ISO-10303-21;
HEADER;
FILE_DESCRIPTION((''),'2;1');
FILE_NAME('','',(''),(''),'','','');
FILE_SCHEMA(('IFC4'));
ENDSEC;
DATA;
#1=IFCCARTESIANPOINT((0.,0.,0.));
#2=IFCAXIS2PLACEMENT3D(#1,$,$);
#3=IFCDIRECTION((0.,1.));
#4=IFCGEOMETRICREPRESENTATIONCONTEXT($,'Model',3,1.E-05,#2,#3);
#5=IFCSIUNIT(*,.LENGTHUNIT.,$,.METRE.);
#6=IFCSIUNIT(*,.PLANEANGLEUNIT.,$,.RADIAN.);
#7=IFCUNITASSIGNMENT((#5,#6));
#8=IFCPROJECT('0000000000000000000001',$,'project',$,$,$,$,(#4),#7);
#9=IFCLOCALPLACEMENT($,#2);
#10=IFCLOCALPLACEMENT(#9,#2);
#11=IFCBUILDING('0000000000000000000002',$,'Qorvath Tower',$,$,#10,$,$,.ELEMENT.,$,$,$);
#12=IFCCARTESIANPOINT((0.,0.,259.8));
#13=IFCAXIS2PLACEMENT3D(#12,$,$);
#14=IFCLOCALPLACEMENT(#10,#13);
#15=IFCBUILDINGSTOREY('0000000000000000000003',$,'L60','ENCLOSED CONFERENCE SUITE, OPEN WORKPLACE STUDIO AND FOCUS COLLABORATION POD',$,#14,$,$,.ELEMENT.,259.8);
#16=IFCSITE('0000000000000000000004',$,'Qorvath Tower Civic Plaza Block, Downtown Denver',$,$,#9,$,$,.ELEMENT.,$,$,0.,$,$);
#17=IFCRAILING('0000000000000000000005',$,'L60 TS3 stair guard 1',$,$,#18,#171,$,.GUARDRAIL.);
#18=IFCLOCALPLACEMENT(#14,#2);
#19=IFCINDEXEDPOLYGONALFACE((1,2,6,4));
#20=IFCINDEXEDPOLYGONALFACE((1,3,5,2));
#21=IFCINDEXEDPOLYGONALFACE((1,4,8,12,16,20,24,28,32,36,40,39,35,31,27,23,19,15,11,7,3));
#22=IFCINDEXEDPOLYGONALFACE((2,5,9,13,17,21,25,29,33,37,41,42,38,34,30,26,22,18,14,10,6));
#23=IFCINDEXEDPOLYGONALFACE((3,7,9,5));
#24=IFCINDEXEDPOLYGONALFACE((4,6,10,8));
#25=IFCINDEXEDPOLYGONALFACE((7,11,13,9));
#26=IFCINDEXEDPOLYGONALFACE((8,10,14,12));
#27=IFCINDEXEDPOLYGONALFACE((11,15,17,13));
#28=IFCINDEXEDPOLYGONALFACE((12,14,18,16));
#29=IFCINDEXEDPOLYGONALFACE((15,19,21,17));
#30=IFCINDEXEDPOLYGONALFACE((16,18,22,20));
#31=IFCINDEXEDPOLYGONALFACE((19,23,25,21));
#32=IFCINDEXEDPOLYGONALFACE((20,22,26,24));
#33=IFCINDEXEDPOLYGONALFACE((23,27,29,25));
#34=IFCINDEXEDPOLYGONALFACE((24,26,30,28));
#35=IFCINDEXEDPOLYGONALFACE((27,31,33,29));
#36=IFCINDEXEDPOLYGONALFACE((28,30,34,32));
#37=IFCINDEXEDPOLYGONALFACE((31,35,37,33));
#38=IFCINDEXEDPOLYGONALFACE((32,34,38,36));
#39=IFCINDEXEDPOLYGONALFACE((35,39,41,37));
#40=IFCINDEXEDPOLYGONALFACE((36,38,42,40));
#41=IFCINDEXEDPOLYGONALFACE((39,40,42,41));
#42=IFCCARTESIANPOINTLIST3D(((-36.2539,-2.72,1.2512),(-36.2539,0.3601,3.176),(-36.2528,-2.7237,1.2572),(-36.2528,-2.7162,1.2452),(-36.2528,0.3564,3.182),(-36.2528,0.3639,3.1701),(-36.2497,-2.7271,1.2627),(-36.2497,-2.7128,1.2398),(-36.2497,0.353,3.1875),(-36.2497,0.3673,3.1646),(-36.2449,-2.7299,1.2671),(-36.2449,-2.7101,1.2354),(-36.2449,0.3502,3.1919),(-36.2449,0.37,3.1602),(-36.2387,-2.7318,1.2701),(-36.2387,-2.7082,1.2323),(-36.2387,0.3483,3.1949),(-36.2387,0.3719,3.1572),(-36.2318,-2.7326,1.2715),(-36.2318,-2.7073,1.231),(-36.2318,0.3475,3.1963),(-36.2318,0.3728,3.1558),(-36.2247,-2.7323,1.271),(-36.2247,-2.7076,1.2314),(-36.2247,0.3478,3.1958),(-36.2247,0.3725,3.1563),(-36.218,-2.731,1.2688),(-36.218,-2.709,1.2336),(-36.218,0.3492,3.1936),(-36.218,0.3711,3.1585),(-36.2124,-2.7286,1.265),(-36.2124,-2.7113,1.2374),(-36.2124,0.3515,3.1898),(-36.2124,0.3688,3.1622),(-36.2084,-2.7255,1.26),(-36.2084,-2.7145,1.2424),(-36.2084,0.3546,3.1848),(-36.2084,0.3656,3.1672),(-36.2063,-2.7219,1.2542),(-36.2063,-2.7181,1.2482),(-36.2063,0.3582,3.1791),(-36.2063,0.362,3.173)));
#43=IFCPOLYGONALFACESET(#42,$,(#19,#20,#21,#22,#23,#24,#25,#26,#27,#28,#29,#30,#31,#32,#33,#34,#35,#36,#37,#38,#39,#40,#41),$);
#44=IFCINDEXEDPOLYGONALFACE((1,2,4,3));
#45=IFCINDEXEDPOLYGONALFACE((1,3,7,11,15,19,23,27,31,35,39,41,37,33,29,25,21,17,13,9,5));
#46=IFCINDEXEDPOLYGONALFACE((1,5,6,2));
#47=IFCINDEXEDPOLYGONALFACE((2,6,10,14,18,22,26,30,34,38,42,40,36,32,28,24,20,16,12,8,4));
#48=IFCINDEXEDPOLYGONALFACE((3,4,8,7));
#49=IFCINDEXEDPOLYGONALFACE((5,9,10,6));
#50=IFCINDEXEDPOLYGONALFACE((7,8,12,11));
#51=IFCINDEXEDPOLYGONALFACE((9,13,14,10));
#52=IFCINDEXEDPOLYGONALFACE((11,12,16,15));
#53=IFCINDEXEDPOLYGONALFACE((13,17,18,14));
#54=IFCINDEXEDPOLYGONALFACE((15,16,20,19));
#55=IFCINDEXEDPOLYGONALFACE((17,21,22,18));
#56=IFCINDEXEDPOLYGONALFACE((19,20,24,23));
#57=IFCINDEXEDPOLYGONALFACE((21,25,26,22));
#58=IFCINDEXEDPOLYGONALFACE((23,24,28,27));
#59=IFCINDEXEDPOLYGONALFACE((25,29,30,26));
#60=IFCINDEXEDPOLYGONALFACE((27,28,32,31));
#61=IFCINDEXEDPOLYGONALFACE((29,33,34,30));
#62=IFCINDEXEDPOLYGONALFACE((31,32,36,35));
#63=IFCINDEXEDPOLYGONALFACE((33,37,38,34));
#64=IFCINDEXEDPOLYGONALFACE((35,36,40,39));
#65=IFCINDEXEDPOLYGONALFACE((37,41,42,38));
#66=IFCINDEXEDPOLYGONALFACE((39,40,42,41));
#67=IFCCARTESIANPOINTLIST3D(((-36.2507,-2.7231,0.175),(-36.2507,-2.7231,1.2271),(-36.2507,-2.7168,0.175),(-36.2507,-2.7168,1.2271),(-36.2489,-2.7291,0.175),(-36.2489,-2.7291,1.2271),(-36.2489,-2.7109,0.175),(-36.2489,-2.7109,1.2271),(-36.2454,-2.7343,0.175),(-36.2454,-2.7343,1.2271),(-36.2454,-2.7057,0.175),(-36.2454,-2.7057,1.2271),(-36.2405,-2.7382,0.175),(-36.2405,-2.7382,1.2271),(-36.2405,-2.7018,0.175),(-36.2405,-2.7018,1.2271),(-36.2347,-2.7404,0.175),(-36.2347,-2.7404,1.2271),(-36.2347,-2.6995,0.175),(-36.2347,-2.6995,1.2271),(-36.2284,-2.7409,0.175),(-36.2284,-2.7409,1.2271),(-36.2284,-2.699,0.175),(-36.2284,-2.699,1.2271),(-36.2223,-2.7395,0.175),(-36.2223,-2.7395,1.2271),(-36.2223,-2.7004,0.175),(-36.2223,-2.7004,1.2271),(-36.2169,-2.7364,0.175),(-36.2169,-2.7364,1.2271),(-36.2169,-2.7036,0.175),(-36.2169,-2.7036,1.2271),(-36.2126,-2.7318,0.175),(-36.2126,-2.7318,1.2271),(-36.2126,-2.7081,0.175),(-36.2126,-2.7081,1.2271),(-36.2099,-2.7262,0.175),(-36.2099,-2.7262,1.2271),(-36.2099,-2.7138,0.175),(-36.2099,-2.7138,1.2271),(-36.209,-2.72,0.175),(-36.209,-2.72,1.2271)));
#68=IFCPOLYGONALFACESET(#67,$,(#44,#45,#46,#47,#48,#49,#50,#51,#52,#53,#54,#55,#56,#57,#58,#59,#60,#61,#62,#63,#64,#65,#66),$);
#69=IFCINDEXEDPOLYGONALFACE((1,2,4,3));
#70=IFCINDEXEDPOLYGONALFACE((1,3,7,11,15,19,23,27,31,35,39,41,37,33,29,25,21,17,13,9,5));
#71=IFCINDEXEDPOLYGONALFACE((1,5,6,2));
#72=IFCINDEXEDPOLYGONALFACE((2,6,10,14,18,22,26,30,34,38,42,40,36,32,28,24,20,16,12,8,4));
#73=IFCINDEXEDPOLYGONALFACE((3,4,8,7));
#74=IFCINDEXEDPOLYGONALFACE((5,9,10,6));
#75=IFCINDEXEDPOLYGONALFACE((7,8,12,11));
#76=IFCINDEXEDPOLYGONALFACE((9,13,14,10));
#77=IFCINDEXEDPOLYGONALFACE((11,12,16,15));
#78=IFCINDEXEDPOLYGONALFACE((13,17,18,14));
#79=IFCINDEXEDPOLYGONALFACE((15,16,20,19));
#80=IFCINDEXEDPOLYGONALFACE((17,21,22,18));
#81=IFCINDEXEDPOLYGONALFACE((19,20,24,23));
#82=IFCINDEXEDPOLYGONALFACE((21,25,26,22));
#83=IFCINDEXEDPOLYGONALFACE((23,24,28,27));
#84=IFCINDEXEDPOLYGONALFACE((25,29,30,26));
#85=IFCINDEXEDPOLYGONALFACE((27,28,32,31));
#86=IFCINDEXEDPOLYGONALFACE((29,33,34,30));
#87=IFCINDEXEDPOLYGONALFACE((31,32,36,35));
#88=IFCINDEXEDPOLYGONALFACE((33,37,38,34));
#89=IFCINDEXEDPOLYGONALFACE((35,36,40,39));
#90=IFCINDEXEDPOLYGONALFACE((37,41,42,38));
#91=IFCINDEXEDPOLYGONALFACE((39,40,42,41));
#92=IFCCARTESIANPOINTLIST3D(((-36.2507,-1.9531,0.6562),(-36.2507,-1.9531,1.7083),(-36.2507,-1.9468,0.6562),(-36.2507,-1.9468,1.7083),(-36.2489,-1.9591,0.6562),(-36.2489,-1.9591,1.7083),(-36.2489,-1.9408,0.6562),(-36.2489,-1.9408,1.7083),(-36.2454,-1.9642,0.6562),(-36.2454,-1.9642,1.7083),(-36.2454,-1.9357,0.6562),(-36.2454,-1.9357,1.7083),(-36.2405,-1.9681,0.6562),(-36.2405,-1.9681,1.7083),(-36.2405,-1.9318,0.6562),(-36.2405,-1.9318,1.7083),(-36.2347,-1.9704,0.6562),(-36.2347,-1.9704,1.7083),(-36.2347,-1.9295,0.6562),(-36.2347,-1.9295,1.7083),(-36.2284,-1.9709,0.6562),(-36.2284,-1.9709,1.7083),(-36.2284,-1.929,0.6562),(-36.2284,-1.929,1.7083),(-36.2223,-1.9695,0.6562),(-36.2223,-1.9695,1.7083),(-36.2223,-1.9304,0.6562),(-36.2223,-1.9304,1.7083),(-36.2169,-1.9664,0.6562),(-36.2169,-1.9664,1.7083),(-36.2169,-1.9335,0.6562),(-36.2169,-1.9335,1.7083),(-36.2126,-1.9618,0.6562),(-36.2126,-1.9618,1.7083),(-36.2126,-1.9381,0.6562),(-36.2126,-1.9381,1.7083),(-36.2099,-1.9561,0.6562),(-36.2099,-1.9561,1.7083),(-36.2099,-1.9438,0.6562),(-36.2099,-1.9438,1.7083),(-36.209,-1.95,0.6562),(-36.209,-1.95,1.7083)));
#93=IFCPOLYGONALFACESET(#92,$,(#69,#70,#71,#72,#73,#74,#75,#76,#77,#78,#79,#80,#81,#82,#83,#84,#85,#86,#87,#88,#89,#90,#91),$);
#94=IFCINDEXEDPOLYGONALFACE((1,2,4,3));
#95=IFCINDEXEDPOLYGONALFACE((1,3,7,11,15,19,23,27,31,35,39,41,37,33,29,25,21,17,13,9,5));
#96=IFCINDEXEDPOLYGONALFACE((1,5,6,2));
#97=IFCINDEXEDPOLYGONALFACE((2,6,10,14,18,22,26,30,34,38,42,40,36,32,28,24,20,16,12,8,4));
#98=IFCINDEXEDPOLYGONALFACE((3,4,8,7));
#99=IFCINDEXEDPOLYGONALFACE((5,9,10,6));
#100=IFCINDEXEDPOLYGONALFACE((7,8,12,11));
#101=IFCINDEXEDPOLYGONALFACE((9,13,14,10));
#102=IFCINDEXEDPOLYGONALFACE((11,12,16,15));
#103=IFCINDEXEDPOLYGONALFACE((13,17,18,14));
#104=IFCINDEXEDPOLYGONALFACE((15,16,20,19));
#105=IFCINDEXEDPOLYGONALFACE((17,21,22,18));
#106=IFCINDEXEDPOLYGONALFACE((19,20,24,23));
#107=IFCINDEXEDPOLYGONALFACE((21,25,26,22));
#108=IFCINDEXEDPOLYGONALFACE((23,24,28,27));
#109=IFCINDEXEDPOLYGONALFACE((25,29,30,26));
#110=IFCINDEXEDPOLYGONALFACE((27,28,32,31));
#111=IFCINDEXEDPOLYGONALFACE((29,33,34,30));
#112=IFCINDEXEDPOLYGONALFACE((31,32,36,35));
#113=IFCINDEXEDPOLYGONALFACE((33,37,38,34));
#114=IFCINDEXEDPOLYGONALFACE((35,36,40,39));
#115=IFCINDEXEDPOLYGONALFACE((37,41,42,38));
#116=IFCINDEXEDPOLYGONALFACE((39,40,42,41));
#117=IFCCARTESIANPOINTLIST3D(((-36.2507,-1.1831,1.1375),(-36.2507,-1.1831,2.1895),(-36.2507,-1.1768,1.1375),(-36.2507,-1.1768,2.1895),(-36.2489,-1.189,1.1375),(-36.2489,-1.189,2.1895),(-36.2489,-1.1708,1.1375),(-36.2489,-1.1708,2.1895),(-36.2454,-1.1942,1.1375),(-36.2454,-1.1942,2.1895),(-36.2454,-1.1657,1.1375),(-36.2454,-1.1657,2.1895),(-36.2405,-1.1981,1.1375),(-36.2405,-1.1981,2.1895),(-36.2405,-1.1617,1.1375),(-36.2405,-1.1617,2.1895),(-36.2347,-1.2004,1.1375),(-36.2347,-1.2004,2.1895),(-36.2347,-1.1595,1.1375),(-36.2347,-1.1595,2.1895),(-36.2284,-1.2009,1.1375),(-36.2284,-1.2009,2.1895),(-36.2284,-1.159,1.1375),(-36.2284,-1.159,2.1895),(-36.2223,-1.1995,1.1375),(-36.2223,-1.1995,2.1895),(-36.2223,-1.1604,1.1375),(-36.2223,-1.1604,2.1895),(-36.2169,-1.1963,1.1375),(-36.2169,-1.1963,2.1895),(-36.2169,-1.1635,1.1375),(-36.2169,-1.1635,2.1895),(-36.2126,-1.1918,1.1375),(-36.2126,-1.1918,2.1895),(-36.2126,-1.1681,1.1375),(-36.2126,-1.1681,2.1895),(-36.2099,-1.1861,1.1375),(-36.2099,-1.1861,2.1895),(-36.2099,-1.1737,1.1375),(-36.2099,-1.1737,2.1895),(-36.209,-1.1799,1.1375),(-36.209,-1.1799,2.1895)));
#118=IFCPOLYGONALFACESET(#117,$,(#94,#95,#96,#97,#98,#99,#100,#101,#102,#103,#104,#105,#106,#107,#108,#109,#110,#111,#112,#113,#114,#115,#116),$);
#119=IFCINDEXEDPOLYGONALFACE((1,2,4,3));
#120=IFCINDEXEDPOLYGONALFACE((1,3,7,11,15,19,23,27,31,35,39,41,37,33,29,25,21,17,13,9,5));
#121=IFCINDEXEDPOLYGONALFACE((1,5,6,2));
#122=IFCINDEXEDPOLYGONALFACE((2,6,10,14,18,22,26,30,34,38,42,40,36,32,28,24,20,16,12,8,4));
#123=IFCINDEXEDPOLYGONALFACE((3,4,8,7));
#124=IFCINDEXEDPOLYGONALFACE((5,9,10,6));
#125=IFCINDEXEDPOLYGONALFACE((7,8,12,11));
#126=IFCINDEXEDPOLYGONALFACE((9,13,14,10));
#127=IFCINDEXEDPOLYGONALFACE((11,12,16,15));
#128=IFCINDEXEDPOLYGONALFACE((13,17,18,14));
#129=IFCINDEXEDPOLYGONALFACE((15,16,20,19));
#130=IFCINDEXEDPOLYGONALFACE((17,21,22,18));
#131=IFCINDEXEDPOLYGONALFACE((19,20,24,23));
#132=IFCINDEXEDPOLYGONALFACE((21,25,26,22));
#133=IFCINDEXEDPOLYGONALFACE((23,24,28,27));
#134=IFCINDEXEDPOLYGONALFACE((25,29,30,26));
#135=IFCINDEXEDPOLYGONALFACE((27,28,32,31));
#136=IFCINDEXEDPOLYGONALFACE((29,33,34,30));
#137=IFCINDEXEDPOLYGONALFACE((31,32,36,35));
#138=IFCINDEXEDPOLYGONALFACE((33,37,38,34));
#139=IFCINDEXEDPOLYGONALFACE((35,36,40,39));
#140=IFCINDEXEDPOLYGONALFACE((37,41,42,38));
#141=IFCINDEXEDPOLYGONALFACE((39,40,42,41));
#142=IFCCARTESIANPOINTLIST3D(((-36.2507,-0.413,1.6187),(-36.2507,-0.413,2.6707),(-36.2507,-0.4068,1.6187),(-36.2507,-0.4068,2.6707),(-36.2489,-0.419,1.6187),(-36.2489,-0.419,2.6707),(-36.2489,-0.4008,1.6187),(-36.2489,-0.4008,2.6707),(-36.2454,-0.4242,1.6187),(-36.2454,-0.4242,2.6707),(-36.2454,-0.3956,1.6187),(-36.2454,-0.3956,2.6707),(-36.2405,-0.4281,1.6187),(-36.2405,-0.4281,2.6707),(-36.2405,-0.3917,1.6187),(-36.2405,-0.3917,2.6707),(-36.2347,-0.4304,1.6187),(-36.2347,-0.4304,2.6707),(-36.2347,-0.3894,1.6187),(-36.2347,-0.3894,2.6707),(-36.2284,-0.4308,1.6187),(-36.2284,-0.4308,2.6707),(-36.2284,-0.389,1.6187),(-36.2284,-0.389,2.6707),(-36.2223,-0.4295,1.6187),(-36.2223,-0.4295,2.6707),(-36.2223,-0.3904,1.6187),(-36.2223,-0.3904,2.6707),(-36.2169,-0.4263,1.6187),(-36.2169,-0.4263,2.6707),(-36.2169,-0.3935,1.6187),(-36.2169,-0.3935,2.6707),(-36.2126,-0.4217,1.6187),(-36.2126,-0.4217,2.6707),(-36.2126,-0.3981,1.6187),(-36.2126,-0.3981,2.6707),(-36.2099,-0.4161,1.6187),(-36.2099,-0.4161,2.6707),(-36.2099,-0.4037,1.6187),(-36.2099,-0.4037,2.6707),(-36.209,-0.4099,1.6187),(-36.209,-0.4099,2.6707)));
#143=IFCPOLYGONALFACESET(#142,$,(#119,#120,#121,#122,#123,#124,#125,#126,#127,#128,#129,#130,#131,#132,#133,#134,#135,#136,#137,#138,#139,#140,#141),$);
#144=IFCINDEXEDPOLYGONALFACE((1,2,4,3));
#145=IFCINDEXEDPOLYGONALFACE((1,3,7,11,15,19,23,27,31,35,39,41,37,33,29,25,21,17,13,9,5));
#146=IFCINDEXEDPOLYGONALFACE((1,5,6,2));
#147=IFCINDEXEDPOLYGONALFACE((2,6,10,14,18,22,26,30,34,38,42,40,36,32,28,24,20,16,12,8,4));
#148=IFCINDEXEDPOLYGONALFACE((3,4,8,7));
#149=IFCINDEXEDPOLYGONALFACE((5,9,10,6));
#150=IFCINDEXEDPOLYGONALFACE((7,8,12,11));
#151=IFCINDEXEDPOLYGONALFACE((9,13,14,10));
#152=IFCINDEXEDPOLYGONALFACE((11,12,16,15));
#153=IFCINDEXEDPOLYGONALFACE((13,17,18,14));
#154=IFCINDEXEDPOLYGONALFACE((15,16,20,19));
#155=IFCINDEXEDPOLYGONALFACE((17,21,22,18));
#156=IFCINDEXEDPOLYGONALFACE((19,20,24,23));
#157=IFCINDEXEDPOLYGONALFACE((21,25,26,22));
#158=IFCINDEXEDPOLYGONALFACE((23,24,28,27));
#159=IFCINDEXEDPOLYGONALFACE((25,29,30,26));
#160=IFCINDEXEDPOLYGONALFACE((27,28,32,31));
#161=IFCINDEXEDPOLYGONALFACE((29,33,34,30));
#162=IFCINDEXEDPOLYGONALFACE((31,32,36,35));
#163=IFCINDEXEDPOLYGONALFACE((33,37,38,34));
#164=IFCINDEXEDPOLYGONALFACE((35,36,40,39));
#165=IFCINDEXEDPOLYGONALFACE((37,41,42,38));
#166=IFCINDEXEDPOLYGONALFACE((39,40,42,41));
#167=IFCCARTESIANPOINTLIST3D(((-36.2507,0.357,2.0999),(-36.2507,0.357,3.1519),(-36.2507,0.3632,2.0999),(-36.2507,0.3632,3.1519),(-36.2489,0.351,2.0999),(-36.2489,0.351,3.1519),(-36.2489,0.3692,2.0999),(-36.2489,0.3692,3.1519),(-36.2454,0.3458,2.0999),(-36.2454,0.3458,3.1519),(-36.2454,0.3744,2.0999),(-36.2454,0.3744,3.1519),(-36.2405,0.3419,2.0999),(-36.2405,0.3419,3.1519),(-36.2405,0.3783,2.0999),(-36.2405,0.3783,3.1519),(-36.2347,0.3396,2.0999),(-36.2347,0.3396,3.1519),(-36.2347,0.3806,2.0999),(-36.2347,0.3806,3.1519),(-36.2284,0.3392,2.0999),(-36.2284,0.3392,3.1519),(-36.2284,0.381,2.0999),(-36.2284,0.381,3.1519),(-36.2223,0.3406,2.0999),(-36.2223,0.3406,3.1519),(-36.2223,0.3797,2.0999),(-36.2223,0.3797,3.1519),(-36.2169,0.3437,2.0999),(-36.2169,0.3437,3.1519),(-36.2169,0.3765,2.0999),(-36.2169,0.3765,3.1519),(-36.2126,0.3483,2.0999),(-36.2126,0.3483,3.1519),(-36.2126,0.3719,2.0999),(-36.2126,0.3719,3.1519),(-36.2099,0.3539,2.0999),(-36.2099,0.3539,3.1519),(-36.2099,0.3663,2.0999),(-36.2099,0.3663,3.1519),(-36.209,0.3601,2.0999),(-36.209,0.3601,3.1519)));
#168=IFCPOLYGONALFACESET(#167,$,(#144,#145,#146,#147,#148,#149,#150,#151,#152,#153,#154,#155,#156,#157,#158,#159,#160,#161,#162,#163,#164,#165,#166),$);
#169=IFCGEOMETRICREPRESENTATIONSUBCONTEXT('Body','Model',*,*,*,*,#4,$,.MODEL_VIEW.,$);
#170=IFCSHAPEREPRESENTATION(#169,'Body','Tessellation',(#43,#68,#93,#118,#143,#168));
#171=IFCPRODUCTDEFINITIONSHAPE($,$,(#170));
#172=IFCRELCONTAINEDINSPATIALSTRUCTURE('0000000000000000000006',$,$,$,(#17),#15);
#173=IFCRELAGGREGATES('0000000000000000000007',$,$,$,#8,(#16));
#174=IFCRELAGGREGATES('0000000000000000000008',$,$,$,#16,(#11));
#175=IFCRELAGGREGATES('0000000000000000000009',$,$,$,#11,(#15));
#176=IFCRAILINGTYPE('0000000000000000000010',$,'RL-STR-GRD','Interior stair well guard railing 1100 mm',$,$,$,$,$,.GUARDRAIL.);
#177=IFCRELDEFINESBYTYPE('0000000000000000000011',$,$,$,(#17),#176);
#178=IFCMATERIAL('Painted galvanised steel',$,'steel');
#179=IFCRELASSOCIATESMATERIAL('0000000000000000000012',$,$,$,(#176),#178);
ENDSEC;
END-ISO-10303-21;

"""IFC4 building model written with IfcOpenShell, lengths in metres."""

from ifc_helpers import new_model, si_unit, direction, frame, origin, origin_2d, place, context, subcontext, project, spatial, circle, extrude, material, type_object, element, save


model = new_model("IFC4")

# Units and contexts
model_context = context("Model", 3, precision=1e-05, world=origin(), true_north=direction((0.0, 1.0)))
body_context = subcontext(model_context, "Body", "Model", "MODEL_VIEW")
ifc_project = project(units=[si_unit("LENGTHUNIT", "METRE"), si_unit("PLANEANGLEUNIT", "RADIAN")], contexts=[model_context])

# Site, building, storey
site_placement = place(None, origin())
site = spatial("IfcSite", under=ifc_project, at=site_placement, Name="Qorvath Tower Civic Plaza Block, Downtown Denver", CompositionType="ELEMENT", RefElevation=0.0)
building_placement = place(site_placement, origin())
building = spatial("IfcBuilding", under=site, at=building_placement, Name="Qorvath Tower", CompositionType="ELEMENT")
storey_placement = place(building_placement, frame((0.0, 0.0, 259.8)))
storey = spatial("IfcBuildingStorey", under=building, at=storey_placement, Name="L60", Description="ENCLOSED CONFERENCE SUITE, OPEN WORKPLACE STUDIO AND FOCUS COLLABORATION POD", CompositionType="ELEMENT", Elevation=259.8)

# Railing
ifc_material_1 = material(Name="Painted galvanised steel", Category="steel")
railing_type_1 = type_object("IfcRailingType", Name="RL-STR-GRD", Description="Interior stair well guard railing 1100 mm", PredefinedType="GUARDRAIL", material=ifc_material_1)
railing_1_placement = place(storey_placement, frame((-36.23, -2.72, 0.175)))
element("IfcRailing", 1, at=railing_1_placement, inside=storey, type_object=railing_type_1, Name="L60 TS3 stair guard 1", PredefinedType="GUARDRAIL", context=body_context, shape_type="SweptSolid", body=[
    extrude(circle(Radius=0.0239, at=origin_2d()), frame((0.0, 0.0, 1.0762), z_axis=(0.0, 0.848029, 0.529951), x_axis=(-1.0, 0.0, 0.0)), (0.0, 0.0, 1.0), 3.6321),
    extrude(circle(Radius=0.021, at=origin_2d()), origin(), (0.0, 0.0, 1.0), 1.052),
    extrude(circle(Radius=0.021, at=origin_2d()), frame((0.0, 0.77, 0.4812)), (0.0, 0.0, 1.0), 1.052),
    extrude(circle(Radius=0.021, at=origin_2d()), frame((0.0, 1.54, 0.9624)), (0.0, 0.0, 1.0), 1.052),
    extrude(circle(Radius=0.021, at=origin_2d()), frame((0.0, 2.3101, 1.4436)), (0.0, 0.0, 1.0), 1.052),
    extrude(circle(Radius=0.021, at=origin_2d()), frame((0.0, 3.0801, 1.9248)), (0.0, 0.0, 1.0), 1.052),
])

save(model, "model.ifc")
